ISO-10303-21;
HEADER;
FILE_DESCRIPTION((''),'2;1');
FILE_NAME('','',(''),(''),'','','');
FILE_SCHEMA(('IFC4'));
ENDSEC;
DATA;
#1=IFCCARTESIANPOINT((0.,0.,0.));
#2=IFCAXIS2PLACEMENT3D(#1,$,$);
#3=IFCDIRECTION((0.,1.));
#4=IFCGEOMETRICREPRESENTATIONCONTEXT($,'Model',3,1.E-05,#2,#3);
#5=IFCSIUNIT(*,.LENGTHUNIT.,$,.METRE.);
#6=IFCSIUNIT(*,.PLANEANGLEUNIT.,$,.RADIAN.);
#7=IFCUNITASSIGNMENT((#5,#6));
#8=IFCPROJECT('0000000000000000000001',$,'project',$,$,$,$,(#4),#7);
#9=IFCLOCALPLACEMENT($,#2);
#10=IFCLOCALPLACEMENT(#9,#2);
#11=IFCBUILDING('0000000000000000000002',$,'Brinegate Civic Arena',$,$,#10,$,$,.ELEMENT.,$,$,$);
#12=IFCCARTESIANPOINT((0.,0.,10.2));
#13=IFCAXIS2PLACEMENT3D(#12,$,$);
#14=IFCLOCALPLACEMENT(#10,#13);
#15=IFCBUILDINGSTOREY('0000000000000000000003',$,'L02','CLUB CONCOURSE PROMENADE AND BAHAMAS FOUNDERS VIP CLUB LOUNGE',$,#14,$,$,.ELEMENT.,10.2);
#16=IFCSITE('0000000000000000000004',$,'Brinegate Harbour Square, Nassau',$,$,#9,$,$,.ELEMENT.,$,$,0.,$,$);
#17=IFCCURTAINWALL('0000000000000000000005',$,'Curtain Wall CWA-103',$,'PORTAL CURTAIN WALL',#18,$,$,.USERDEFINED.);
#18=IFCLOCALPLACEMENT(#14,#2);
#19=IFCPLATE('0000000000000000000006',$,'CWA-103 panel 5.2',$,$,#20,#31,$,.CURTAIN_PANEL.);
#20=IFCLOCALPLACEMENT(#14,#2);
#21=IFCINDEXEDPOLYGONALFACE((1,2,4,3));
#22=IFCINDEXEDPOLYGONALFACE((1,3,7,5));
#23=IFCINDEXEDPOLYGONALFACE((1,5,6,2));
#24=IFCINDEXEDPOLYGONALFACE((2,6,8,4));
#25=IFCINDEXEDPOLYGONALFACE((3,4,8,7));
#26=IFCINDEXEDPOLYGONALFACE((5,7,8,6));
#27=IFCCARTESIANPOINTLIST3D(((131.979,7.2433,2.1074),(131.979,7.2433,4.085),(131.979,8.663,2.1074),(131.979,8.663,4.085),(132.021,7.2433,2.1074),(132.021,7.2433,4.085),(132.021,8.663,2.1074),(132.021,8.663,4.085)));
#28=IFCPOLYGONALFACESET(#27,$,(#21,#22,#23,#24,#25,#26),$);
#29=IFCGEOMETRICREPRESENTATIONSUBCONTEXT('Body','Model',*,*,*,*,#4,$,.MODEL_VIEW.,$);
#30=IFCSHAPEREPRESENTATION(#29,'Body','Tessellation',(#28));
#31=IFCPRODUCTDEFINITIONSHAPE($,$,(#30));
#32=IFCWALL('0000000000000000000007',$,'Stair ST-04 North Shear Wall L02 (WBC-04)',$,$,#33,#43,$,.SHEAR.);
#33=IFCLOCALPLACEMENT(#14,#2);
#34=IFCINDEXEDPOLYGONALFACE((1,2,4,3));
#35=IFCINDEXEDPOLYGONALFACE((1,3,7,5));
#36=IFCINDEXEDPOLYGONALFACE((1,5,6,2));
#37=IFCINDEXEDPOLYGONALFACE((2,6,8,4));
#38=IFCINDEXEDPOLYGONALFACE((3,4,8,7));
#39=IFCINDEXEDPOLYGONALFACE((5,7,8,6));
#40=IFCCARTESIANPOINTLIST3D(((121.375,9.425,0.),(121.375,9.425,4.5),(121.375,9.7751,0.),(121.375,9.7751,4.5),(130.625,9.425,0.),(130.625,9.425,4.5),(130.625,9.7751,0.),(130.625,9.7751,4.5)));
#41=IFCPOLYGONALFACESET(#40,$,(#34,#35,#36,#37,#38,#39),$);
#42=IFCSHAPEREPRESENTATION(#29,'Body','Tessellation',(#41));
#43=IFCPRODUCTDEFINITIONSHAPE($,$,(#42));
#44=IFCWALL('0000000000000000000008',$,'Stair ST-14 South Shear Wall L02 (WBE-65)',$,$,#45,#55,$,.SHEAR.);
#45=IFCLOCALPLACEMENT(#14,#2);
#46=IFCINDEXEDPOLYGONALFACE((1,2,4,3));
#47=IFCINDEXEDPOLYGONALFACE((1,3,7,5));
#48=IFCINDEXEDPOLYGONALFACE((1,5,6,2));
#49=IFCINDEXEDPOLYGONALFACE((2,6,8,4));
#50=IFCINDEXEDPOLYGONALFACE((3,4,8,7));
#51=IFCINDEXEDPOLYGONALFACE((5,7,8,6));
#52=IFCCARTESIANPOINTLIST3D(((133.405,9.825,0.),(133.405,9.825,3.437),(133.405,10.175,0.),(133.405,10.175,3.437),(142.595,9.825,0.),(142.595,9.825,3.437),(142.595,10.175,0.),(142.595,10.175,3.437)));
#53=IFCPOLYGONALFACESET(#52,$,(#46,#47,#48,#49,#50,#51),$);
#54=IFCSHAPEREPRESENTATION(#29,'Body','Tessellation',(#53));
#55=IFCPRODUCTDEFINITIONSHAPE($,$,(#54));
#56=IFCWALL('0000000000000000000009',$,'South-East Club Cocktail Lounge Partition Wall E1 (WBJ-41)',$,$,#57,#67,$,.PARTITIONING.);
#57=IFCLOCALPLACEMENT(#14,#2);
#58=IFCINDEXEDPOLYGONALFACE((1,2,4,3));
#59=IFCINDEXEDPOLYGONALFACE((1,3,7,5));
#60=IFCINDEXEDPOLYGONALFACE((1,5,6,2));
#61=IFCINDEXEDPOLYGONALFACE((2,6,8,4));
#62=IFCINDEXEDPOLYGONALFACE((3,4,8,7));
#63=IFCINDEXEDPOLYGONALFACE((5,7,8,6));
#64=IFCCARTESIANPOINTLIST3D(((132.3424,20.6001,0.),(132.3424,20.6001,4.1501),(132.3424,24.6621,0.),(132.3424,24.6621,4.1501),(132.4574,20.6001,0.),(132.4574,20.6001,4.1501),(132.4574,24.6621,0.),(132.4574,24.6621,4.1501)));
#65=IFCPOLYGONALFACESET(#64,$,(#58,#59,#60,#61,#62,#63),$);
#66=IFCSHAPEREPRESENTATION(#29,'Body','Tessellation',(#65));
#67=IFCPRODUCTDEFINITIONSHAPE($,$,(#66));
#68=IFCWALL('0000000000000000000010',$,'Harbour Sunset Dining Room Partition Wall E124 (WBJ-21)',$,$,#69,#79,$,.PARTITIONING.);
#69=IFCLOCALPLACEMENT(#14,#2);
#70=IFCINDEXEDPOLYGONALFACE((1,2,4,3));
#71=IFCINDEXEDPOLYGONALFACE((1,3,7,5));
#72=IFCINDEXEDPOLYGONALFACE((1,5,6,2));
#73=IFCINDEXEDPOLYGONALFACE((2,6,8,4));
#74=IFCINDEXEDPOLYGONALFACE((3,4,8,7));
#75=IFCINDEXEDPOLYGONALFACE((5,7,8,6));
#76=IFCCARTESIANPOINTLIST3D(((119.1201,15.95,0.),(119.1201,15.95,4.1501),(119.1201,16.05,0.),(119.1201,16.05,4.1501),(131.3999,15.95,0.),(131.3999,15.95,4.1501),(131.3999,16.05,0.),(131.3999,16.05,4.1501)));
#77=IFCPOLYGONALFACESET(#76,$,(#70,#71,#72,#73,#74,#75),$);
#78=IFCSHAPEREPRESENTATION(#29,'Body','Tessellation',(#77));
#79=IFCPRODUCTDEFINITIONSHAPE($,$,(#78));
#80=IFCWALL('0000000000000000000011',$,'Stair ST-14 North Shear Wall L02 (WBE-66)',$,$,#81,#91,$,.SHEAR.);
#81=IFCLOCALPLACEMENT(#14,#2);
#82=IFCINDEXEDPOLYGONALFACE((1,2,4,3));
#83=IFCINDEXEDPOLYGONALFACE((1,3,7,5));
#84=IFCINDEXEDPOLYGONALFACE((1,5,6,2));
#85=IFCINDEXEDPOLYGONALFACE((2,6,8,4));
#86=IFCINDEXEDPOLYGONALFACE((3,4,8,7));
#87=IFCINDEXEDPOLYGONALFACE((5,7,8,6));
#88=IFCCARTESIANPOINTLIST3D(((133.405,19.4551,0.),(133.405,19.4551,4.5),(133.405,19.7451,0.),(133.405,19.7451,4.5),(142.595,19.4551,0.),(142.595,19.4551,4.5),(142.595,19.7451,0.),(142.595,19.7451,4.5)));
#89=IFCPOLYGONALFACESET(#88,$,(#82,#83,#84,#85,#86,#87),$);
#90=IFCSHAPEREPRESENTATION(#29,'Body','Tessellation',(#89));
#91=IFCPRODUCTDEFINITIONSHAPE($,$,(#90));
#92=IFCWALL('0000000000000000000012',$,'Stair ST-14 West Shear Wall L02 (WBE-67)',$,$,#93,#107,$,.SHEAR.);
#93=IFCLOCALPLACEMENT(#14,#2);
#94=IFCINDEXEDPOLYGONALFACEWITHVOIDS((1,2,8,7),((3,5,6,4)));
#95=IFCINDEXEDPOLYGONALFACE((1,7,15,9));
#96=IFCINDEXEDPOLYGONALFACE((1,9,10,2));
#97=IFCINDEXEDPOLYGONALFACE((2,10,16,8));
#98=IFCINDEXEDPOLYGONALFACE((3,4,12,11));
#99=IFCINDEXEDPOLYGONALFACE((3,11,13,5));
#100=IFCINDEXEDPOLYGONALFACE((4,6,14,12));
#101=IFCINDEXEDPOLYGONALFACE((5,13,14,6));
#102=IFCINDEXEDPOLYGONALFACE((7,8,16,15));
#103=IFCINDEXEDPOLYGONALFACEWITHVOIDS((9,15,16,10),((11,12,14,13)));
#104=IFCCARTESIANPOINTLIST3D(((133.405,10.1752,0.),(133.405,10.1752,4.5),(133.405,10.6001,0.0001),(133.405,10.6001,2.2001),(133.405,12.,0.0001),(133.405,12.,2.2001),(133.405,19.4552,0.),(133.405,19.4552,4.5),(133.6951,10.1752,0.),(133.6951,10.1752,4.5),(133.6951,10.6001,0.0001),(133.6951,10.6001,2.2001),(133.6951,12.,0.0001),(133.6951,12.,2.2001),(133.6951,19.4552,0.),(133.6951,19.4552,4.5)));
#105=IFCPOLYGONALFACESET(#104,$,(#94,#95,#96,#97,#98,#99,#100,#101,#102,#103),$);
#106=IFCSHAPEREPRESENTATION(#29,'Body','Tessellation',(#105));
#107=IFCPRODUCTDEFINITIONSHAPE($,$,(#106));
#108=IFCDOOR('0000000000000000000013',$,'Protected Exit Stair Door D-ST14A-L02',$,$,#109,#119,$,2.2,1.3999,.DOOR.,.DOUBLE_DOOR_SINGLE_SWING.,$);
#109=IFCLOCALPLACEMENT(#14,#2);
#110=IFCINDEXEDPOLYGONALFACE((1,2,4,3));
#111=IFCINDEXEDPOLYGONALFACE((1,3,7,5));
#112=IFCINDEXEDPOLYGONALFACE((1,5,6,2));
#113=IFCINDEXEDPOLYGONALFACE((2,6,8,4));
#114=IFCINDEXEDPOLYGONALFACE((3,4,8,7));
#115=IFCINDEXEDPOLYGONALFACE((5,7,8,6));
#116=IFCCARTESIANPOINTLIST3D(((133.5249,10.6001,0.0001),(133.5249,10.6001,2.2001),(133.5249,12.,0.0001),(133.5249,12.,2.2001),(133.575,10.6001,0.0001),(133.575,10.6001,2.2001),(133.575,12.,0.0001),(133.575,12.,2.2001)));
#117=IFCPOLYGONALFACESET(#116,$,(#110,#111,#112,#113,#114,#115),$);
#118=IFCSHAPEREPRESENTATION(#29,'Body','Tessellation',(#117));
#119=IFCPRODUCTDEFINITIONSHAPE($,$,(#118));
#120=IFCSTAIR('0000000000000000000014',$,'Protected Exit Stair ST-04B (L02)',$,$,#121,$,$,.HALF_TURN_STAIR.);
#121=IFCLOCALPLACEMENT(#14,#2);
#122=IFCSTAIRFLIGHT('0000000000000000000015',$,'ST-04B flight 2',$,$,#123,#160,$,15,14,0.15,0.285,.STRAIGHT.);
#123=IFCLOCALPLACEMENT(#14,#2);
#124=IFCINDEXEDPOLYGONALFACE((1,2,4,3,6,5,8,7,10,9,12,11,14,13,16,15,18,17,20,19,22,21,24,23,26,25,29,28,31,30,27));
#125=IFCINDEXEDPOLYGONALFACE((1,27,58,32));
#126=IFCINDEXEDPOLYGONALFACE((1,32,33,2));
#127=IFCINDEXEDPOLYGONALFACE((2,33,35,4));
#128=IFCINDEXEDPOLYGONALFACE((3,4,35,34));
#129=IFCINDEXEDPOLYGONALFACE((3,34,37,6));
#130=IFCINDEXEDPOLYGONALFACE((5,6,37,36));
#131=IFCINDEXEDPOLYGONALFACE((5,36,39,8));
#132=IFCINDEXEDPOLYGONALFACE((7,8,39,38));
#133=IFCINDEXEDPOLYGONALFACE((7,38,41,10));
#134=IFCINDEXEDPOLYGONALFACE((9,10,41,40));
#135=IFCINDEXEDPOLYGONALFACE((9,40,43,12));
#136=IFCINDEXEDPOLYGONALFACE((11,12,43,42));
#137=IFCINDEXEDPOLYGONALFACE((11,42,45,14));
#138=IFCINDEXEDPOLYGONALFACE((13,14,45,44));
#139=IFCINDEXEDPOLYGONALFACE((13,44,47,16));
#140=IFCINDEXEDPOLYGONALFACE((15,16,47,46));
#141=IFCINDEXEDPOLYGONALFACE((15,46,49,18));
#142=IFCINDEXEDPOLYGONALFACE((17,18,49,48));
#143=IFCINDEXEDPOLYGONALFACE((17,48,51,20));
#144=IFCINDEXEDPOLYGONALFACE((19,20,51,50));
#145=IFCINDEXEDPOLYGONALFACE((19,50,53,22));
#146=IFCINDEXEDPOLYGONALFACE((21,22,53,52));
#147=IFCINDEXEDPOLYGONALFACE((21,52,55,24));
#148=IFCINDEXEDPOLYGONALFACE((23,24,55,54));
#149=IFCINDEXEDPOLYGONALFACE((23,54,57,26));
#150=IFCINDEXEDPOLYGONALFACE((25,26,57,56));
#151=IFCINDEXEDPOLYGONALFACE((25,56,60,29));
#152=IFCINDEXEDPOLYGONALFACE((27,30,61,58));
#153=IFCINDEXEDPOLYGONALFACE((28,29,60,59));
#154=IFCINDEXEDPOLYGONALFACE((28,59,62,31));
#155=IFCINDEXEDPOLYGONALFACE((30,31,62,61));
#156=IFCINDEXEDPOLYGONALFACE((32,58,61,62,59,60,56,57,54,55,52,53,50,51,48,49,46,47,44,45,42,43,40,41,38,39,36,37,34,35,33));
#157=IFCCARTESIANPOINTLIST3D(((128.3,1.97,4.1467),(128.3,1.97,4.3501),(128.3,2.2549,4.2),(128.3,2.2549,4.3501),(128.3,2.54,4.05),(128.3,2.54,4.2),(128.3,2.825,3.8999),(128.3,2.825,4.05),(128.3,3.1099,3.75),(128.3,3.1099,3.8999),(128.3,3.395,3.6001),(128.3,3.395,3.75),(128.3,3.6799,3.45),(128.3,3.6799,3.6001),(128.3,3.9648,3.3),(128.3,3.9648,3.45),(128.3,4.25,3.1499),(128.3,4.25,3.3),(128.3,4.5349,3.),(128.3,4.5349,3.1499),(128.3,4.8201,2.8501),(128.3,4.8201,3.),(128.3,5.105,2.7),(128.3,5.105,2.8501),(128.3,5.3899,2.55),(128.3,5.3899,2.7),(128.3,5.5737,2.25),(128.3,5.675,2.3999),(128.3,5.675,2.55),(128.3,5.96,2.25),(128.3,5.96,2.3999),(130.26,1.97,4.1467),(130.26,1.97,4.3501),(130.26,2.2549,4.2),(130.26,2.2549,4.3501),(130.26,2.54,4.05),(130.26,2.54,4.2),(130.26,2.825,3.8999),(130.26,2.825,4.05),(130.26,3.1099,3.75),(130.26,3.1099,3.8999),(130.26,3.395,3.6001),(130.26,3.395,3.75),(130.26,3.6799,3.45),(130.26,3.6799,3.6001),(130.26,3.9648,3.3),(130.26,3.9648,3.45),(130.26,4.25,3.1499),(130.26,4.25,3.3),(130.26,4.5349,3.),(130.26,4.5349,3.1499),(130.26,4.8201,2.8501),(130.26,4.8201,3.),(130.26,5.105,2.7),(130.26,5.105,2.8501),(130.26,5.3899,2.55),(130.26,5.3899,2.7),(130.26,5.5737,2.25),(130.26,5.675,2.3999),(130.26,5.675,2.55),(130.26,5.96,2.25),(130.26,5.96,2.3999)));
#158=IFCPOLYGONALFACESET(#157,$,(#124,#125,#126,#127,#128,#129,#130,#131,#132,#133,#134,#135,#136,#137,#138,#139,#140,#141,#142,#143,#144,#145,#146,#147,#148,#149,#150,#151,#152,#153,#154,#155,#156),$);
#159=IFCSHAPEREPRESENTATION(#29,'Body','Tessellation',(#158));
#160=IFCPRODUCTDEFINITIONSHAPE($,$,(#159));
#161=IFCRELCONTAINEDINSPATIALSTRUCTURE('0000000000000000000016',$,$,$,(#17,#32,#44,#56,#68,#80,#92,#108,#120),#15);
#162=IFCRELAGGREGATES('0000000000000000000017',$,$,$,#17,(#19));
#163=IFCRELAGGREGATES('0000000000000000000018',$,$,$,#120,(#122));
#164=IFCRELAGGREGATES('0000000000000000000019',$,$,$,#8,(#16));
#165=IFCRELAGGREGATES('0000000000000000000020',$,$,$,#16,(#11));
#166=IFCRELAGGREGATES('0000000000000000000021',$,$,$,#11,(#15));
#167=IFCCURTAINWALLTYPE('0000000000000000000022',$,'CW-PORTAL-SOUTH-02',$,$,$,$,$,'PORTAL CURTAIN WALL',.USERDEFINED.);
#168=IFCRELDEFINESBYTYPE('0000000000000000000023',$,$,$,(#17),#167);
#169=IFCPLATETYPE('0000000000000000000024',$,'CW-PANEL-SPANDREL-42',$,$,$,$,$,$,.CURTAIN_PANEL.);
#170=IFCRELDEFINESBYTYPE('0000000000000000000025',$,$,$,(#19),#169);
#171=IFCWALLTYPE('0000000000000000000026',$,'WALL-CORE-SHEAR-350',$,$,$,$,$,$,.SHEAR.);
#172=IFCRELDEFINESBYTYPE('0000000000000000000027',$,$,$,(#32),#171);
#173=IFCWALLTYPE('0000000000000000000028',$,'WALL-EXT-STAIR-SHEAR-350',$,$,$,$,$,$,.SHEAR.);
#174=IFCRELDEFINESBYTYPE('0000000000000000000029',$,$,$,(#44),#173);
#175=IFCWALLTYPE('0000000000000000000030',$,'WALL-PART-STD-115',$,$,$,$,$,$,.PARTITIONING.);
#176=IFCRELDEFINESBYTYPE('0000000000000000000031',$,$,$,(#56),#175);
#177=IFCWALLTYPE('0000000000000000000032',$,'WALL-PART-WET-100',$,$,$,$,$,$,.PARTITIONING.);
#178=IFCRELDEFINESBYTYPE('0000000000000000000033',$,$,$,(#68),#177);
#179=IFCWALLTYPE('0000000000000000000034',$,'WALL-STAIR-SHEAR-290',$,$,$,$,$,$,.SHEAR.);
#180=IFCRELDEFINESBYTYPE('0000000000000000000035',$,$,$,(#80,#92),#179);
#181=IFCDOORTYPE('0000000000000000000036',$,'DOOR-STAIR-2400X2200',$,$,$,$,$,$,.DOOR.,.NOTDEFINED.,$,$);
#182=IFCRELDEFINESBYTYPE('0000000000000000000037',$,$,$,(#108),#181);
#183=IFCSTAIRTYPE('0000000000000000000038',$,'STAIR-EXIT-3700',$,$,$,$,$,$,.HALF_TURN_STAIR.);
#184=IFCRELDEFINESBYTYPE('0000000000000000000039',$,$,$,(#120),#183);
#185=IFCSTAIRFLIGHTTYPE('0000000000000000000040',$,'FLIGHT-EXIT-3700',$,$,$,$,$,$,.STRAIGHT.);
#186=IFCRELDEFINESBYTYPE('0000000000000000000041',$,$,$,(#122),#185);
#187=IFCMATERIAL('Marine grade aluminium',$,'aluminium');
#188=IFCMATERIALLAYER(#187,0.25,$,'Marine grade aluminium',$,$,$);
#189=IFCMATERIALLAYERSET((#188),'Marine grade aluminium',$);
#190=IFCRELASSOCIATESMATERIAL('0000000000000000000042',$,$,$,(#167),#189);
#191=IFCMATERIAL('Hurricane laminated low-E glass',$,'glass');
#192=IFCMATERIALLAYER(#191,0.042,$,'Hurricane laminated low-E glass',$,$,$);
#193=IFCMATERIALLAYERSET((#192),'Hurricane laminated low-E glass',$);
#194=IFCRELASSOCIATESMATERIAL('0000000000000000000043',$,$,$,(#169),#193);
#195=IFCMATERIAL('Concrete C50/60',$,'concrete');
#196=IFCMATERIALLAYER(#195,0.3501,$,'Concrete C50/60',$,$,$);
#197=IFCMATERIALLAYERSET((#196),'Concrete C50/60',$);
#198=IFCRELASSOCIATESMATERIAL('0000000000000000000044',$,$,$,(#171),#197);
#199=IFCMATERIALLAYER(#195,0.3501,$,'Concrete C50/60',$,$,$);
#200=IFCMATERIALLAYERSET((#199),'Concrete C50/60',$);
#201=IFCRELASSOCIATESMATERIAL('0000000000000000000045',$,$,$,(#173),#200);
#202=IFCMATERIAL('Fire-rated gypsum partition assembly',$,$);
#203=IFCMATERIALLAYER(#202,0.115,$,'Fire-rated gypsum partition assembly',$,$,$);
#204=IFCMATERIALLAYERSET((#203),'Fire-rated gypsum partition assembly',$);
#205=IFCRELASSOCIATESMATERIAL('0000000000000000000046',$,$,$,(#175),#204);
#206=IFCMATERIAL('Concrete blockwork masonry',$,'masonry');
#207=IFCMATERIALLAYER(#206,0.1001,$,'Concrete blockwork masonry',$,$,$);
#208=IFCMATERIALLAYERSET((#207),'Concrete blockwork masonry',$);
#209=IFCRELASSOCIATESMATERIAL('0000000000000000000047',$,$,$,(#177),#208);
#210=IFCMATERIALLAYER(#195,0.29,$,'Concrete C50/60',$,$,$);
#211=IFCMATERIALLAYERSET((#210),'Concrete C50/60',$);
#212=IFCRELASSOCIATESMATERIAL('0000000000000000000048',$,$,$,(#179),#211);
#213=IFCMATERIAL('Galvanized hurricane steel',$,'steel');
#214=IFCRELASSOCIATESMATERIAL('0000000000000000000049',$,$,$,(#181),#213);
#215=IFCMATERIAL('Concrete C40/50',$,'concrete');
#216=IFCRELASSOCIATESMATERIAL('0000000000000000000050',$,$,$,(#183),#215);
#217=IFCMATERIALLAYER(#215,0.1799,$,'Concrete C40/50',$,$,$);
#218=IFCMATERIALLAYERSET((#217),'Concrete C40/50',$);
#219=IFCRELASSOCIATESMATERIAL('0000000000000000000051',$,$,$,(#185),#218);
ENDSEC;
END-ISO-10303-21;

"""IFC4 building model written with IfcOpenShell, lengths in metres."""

from ifc_helpers import new_model, si_unit, direction, frame, frame_2d, origin, origin_2d, place, context, subcontext, project, spatial, polyline, rectangle, outline, extrude, material, layer, layer_set, type_object, element, fill, aggregate, save


model = new_model("IFC4")

# Units and contexts
model_context = context("Model", 3, precision=1e-05, world=origin(), true_north=direction((0.0, 1.0)))
body_context = subcontext(model_context, "Body", "Model", "MODEL_VIEW")
ifc_project = project(units=[si_unit("LENGTHUNIT", "METRE"), si_unit("PLANEANGLEUNIT", "RADIAN")], contexts=[model_context])

# Site, building, storey
site_placement = place(None, origin())
site = spatial("IfcSite", under=ifc_project, at=site_placement, Name="Brinegate Harbour Square, Nassau", CompositionType="ELEMENT", RefElevation=0.0)
building_placement = place(site_placement, origin())
building = spatial("IfcBuilding", under=site, at=building_placement, Name="Brinegate Civic Arena", CompositionType="ELEMENT")
storey_placement = place(building_placement, frame((0.0, 0.0, 10.2)))
storey = spatial("IfcBuildingStorey", under=building, at=storey_placement, Name="L02", Description="CLUB CONCOURSE PROMENADE AND BAHAMAS FOUNDERS VIP CLUB LOUNGE", CompositionType="ELEMENT", Elevation=10.2)

# Shared definitions
ifc_material_1 = material(Name="Concrete C50/60", Category="concrete")

# Curtain wall
ifc_material_2 = material(Name="Marine grade aluminium", Category="aluminium")
ifc_layer_1 = layer(ifc_material_2, 0.25, Name="Marine grade aluminium")
ifc_layer_set_1 = layer_set([ifc_layer_1], Name="Marine grade aluminium")
curtain_wall_type = type_object("IfcCurtainWallType", Name="CW-PORTAL-SOUTH-02", ElementType="PORTAL CURTAIN WALL", PredefinedType="USERDEFINED", material=ifc_layer_set_1)
curtain_wall_placement = place(storey_placement, origin())
curtain_wall = element("IfcCurtainWall", 1, at=curtain_wall_placement, inside=storey, type_object=curtain_wall_type, Name="Curtain Wall CWA-103", ObjectType="PORTAL CURTAIN WALL", PredefinedType="USERDEFINED")

# Plate
ifc_material_3 = material(Name="Hurricane laminated low-E glass", Category="glass")
ifc_layer_2 = layer(ifc_material_3, 0.042, Name="Hurricane laminated low-E glass")
ifc_layer_set_2 = layer_set([ifc_layer_2], Name="Hurricane laminated low-E glass")
plate_type = type_object("IfcPlateType", Name="CW-PANEL-SPANDREL-42", PredefinedType="CURTAIN_PANEL", material=ifc_layer_set_2)
plate_1_placement = place(storey_placement, frame((132.0, 7.9531, 2.1074), z_axis=(0.0, 0.0, 1.0), x_axis=(0.0, 1.0, 0.0)))
plate_1 = element("IfcPlate", 2, at=plate_1_placement, type_object=plate_type, Name="CWA-103 panel 5.2", PredefinedType="CURTAIN_PANEL", context=body_context, shape_type="SweptSolid", body=[
    extrude(rectangle(XDim=1.4197, YDim=0.042, at=origin_2d()), origin(), (0.0, 0.0, 1.0), 1.9775),
])
aggregate(curtain_wall, [plate_1])

# Walls
ifc_layer_3 = layer(ifc_material_1, 0.3501, Name="Concrete C50/60")
ifc_layer_set_3 = layer_set([ifc_layer_3], Name="Concrete C50/60")
wall_type_1 = type_object("IfcWallType", Name="WALL-CORE-SHEAR-350", PredefinedType="SHEAR", material=ifc_layer_set_3)
wall_1_placement = place(storey_placement, frame((121.375, 9.6001, 0.0), z_axis=(0.0, 0.0, 1.0), x_axis=(1.0, 0.0, 0.0)))
element("IfcWall", 3, at=wall_1_placement, inside=storey, type_object=wall_type_1, Name="Stair ST-04 North Shear Wall L02 (WBC-04)", PredefinedType="SHEAR", context=body_context, shape_type="SweptSolid", body=[
    extrude(rectangle(XDim=9.25, YDim=0.3501, at=frame_2d((4.625, 0.0))), origin(), (0.0, 0.0, 1.0), 4.5),
])
ifc_layer_4 = layer(ifc_material_1, 0.3501, Name="Concrete C50/60")
ifc_layer_set_4 = layer_set([ifc_layer_4], Name="Concrete C50/60")
wall_type_2 = type_object("IfcWallType", Name="WALL-EXT-STAIR-SHEAR-350", PredefinedType="SHEAR", material=ifc_layer_set_4)
wall_2_placement = place(storey_placement, frame((133.405, 10.0, 0.0), z_axis=(0.0, 0.0, 1.0), x_axis=(1.0, 0.0, 0.0)))
element("IfcWall", 4, at=wall_2_placement, inside=storey, type_object=wall_type_2, Name="Stair ST-14 South Shear Wall L02 (WBE-65)", PredefinedType="SHEAR", context=body_context, shape_type="SweptSolid", body=[
    extrude(rectangle(XDim=9.1899, YDim=0.3501, at=frame_2d((4.595, 0.0))), origin(), (0.0, 0.0, 1.0), 3.437),
])
ifc_material_4 = material(Name="Fire-rated gypsum partition assembly")
ifc_layer_5 = layer(ifc_material_4, 0.115, Name="Fire-rated gypsum partition assembly")
ifc_layer_set_5 = layer_set([ifc_layer_5], Name="Fire-rated gypsum partition assembly")
wall_type_3 = type_object("IfcWallType", Name="WALL-PART-STD-115", PredefinedType="PARTITIONING", material=ifc_layer_set_5)
wall_3_placement = place(storey_placement, frame((132.3999, 20.6001, 0.0), z_axis=(0.0, 0.0, 1.0), x_axis=(0.0, 1.0, 0.0)))
element("IfcWall", 5, at=wall_3_placement, inside=storey, type_object=wall_type_3, Name="South-East Club Cocktail Lounge Partition Wall E1 (WBJ-41)", PredefinedType="PARTITIONING", context=body_context, shape_type="SweptSolid", body=[
    extrude(rectangle(XDim=4.062, YDim=0.115, at=frame_2d((2.031, 0.0))), origin(), (0.0, 0.0, 1.0), 4.1501),
])
ifc_material_5 = material(Name="Concrete blockwork masonry", Category="masonry")
ifc_layer_6 = layer(ifc_material_5, 0.1001, Name="Concrete blockwork masonry")
ifc_layer_set_6 = layer_set([ifc_layer_6], Name="Concrete blockwork masonry")
wall_type_4 = type_object("IfcWallType", Name="WALL-PART-WET-100", PredefinedType="PARTITIONING", material=ifc_layer_set_6)
wall_4_placement = place(storey_placement, frame((119.1201, 16.0, 0.0), z_axis=(0.0, 0.0, 1.0), x_axis=(1.0, 0.0, 0.0)))
element("IfcWall", 6, at=wall_4_placement, inside=storey, type_object=wall_type_4, Name="Harbour Sunset Dining Room Partition Wall E124 (WBJ-21)", PredefinedType="PARTITIONING", context=body_context, shape_type="SweptSolid", body=[
    extrude(rectangle(XDim=12.2798, YDim=0.1001, at=frame_2d((6.1399, 0.0))), origin(), (0.0, 0.0, 1.0), 4.1501),
])
ifc_layer_7 = layer(ifc_material_1, 0.29, Name="Concrete C50/60")
ifc_layer_set_7 = layer_set([ifc_layer_7], Name="Concrete C50/60")
wall_type_5 = type_object("IfcWallType", Name="WALL-STAIR-SHEAR-290", PredefinedType="SHEAR", material=ifc_layer_set_7)
wall_5_placement = place(storey_placement, frame((133.405, 19.6001, 0.0), z_axis=(0.0, 0.0, 1.0), x_axis=(1.0, 0.0, 0.0)))
element("IfcWall", 7, at=wall_5_placement, inside=storey, type_object=wall_type_5, Name="Stair ST-14 North Shear Wall L02 (WBE-66)", PredefinedType="SHEAR", context=body_context, shape_type="SweptSolid", body=[
    extrude(rectangle(XDim=9.1899, YDim=0.29, at=frame_2d((4.595, 0.0))), origin(), (0.0, 0.0, 1.0), 4.5),
])

# Wall, opening, door
wall_6_placement = place(storey_placement, frame((133.55, 10.175, 0.0), z_axis=(0.0, 0.0, 1.0), x_axis=(0.0, 1.0, 0.0)))
wall_6 = element("IfcWall", 8, at=wall_6_placement, inside=storey, type_object=wall_type_5, Name="Stair ST-14 West Shear Wall L02 (WBE-67)", PredefinedType="SHEAR", context=body_context, shape_type="SweptSolid", body=[
    extrude(rectangle(XDim=9.28, YDim=0.29, at=frame_2d((4.6401, 0.0))), origin(), (0.0, 0.0, 1.0), 4.5),
])
opening_placement = place(wall_6_placement, frame((0.425, 0.0, 0.0)))
opening = element("IfcOpeningElement", 9, at=opening_placement, cuts=wall_6, PredefinedType="OPENING", context=body_context, shape_type="SweptSolid", body=[
    extrude(rectangle(XDim=1.3999, YDim=2.2, at=frame_2d((0.7, 1.1001))), frame((0.0, 0.155, 0.0), z_axis=(0.0, -1.0, 0.0), x_axis=(1.0, 0.0, 0.0)), (0.0, 0.0, 1.0), 0.3101),
])
ifc_material_6 = material(Name="Galvanized hurricane steel", Category="steel")
door_type = type_object("IfcDoorType", Name="DOOR-STAIR-2400X2200", OperationType="NOTDEFINED", PredefinedType="DOOR", material=ifc_material_6)
door_placement = place(opening_placement, frame((1.3999, 0.0, 0.0), z_axis=(0.0, 0.0, 1.0), x_axis=(-1.0, 0.0, 0.0)))
door = element("IfcDoor", 10, at=door_placement, inside=storey, type_object=door_type, Name="Protected Exit Stair Door D-ST14A-L02", OperationType="DOUBLE_DOOR_SINGLE_SWING", OverallHeight=2.2, OverallWidth=1.3999, PredefinedType="DOOR", context=body_context, shape_type="SweptSolid", body=[
    extrude(rectangle(XDim=1.3999, YDim=2.2, at=frame_2d((0.7, 1.1001))), frame((0.0, 0.0249, 0.0), z_axis=(0.0, -1.0, 0.0), x_axis=(1.0, 0.0, 0.0)), (0.0, 0.0, 1.0), 0.05),
])
fill(opening, door)

# Stair, stair flight
ifc_material_7 = material(Name="Concrete C40/50", Category="concrete")
stair_type_1 = type_object("IfcStairType", Name="STAIR-EXIT-3700", PredefinedType="HALF_TURN_STAIR", material=ifc_material_7)
stair_1_placement = place(storey_placement, origin())
stair_1 = element("IfcStair", 11, at=stair_1_placement, inside=storey, type_object=stair_type_1, Name="Protected Exit Stair ST-04B (L02)", PredefinedType="HALF_TURN_STAIR")
ifc_layer_8 = layer(ifc_material_7, 0.1799, Name="Concrete C40/50")
ifc_layer_set_8 = layer_set([ifc_layer_8], Name="Concrete C40/50")
stair_flight_type_1 = type_object("IfcStairFlightType", Name="FLIGHT-EXIT-3700", PredefinedType="STRAIGHT", material=ifc_layer_set_8)
stair_flight_1_placement = place(storey_placement, frame((129.28, 5.96, 2.25), z_axis=(0.0, 0.0, 1.0), x_axis=(0.0, -1.0, 0.0)))
stair_flight_1 = element("IfcStairFlight", 12, at=stair_flight_1_placement, type_object=stair_flight_type_1, Name="ST-04B flight 2", NumberOfRisers=15, NumberOfTreads=14, PredefinedType="STRAIGHT", RiserHeight=0.15, TreadLength=0.285, context=body_context, shape_type="SweptSolid", body=[
    extrude(outline(polyline([(0.0, 0.0), (0.0, 0.1499), (0.2849, 0.1499), (0.2849, 0.3), (0.5701, 0.3), (0.5701, 0.45), (0.855, 0.45), (0.855, 0.6001), (1.1399, 0.6001), (1.1399, 0.75), (1.425, 0.75), (1.425, 0.8999), (1.71, 0.8999), (1.71, 1.05), (1.9951, 1.05), (1.9951, 1.2), (2.28, 1.2), (2.28, 1.3501), (2.5649, 1.3501), (2.5649, 1.5), (2.8501, 1.5), (2.8501, 1.6499), (3.135, 1.6499), (3.135, 1.8), (3.4199, 1.8), (3.4199, 1.95), (3.7051, 1.95), (3.7051, 2.1001), (3.99, 2.1001), (3.99, 2.25), (3.99, 1.8967), (0.3862, 0.0), (0.0, 0.0)])), frame((0.0, 0.98, 0.0), z_axis=(0.0, -1.0, 0.0), x_axis=(1.0, 0.0, 0.0)), (0.0, 0.0, 1.0), 1.96),
])
aggregate(stair_1, [stair_flight_1])

save(model, "model.ifc")
